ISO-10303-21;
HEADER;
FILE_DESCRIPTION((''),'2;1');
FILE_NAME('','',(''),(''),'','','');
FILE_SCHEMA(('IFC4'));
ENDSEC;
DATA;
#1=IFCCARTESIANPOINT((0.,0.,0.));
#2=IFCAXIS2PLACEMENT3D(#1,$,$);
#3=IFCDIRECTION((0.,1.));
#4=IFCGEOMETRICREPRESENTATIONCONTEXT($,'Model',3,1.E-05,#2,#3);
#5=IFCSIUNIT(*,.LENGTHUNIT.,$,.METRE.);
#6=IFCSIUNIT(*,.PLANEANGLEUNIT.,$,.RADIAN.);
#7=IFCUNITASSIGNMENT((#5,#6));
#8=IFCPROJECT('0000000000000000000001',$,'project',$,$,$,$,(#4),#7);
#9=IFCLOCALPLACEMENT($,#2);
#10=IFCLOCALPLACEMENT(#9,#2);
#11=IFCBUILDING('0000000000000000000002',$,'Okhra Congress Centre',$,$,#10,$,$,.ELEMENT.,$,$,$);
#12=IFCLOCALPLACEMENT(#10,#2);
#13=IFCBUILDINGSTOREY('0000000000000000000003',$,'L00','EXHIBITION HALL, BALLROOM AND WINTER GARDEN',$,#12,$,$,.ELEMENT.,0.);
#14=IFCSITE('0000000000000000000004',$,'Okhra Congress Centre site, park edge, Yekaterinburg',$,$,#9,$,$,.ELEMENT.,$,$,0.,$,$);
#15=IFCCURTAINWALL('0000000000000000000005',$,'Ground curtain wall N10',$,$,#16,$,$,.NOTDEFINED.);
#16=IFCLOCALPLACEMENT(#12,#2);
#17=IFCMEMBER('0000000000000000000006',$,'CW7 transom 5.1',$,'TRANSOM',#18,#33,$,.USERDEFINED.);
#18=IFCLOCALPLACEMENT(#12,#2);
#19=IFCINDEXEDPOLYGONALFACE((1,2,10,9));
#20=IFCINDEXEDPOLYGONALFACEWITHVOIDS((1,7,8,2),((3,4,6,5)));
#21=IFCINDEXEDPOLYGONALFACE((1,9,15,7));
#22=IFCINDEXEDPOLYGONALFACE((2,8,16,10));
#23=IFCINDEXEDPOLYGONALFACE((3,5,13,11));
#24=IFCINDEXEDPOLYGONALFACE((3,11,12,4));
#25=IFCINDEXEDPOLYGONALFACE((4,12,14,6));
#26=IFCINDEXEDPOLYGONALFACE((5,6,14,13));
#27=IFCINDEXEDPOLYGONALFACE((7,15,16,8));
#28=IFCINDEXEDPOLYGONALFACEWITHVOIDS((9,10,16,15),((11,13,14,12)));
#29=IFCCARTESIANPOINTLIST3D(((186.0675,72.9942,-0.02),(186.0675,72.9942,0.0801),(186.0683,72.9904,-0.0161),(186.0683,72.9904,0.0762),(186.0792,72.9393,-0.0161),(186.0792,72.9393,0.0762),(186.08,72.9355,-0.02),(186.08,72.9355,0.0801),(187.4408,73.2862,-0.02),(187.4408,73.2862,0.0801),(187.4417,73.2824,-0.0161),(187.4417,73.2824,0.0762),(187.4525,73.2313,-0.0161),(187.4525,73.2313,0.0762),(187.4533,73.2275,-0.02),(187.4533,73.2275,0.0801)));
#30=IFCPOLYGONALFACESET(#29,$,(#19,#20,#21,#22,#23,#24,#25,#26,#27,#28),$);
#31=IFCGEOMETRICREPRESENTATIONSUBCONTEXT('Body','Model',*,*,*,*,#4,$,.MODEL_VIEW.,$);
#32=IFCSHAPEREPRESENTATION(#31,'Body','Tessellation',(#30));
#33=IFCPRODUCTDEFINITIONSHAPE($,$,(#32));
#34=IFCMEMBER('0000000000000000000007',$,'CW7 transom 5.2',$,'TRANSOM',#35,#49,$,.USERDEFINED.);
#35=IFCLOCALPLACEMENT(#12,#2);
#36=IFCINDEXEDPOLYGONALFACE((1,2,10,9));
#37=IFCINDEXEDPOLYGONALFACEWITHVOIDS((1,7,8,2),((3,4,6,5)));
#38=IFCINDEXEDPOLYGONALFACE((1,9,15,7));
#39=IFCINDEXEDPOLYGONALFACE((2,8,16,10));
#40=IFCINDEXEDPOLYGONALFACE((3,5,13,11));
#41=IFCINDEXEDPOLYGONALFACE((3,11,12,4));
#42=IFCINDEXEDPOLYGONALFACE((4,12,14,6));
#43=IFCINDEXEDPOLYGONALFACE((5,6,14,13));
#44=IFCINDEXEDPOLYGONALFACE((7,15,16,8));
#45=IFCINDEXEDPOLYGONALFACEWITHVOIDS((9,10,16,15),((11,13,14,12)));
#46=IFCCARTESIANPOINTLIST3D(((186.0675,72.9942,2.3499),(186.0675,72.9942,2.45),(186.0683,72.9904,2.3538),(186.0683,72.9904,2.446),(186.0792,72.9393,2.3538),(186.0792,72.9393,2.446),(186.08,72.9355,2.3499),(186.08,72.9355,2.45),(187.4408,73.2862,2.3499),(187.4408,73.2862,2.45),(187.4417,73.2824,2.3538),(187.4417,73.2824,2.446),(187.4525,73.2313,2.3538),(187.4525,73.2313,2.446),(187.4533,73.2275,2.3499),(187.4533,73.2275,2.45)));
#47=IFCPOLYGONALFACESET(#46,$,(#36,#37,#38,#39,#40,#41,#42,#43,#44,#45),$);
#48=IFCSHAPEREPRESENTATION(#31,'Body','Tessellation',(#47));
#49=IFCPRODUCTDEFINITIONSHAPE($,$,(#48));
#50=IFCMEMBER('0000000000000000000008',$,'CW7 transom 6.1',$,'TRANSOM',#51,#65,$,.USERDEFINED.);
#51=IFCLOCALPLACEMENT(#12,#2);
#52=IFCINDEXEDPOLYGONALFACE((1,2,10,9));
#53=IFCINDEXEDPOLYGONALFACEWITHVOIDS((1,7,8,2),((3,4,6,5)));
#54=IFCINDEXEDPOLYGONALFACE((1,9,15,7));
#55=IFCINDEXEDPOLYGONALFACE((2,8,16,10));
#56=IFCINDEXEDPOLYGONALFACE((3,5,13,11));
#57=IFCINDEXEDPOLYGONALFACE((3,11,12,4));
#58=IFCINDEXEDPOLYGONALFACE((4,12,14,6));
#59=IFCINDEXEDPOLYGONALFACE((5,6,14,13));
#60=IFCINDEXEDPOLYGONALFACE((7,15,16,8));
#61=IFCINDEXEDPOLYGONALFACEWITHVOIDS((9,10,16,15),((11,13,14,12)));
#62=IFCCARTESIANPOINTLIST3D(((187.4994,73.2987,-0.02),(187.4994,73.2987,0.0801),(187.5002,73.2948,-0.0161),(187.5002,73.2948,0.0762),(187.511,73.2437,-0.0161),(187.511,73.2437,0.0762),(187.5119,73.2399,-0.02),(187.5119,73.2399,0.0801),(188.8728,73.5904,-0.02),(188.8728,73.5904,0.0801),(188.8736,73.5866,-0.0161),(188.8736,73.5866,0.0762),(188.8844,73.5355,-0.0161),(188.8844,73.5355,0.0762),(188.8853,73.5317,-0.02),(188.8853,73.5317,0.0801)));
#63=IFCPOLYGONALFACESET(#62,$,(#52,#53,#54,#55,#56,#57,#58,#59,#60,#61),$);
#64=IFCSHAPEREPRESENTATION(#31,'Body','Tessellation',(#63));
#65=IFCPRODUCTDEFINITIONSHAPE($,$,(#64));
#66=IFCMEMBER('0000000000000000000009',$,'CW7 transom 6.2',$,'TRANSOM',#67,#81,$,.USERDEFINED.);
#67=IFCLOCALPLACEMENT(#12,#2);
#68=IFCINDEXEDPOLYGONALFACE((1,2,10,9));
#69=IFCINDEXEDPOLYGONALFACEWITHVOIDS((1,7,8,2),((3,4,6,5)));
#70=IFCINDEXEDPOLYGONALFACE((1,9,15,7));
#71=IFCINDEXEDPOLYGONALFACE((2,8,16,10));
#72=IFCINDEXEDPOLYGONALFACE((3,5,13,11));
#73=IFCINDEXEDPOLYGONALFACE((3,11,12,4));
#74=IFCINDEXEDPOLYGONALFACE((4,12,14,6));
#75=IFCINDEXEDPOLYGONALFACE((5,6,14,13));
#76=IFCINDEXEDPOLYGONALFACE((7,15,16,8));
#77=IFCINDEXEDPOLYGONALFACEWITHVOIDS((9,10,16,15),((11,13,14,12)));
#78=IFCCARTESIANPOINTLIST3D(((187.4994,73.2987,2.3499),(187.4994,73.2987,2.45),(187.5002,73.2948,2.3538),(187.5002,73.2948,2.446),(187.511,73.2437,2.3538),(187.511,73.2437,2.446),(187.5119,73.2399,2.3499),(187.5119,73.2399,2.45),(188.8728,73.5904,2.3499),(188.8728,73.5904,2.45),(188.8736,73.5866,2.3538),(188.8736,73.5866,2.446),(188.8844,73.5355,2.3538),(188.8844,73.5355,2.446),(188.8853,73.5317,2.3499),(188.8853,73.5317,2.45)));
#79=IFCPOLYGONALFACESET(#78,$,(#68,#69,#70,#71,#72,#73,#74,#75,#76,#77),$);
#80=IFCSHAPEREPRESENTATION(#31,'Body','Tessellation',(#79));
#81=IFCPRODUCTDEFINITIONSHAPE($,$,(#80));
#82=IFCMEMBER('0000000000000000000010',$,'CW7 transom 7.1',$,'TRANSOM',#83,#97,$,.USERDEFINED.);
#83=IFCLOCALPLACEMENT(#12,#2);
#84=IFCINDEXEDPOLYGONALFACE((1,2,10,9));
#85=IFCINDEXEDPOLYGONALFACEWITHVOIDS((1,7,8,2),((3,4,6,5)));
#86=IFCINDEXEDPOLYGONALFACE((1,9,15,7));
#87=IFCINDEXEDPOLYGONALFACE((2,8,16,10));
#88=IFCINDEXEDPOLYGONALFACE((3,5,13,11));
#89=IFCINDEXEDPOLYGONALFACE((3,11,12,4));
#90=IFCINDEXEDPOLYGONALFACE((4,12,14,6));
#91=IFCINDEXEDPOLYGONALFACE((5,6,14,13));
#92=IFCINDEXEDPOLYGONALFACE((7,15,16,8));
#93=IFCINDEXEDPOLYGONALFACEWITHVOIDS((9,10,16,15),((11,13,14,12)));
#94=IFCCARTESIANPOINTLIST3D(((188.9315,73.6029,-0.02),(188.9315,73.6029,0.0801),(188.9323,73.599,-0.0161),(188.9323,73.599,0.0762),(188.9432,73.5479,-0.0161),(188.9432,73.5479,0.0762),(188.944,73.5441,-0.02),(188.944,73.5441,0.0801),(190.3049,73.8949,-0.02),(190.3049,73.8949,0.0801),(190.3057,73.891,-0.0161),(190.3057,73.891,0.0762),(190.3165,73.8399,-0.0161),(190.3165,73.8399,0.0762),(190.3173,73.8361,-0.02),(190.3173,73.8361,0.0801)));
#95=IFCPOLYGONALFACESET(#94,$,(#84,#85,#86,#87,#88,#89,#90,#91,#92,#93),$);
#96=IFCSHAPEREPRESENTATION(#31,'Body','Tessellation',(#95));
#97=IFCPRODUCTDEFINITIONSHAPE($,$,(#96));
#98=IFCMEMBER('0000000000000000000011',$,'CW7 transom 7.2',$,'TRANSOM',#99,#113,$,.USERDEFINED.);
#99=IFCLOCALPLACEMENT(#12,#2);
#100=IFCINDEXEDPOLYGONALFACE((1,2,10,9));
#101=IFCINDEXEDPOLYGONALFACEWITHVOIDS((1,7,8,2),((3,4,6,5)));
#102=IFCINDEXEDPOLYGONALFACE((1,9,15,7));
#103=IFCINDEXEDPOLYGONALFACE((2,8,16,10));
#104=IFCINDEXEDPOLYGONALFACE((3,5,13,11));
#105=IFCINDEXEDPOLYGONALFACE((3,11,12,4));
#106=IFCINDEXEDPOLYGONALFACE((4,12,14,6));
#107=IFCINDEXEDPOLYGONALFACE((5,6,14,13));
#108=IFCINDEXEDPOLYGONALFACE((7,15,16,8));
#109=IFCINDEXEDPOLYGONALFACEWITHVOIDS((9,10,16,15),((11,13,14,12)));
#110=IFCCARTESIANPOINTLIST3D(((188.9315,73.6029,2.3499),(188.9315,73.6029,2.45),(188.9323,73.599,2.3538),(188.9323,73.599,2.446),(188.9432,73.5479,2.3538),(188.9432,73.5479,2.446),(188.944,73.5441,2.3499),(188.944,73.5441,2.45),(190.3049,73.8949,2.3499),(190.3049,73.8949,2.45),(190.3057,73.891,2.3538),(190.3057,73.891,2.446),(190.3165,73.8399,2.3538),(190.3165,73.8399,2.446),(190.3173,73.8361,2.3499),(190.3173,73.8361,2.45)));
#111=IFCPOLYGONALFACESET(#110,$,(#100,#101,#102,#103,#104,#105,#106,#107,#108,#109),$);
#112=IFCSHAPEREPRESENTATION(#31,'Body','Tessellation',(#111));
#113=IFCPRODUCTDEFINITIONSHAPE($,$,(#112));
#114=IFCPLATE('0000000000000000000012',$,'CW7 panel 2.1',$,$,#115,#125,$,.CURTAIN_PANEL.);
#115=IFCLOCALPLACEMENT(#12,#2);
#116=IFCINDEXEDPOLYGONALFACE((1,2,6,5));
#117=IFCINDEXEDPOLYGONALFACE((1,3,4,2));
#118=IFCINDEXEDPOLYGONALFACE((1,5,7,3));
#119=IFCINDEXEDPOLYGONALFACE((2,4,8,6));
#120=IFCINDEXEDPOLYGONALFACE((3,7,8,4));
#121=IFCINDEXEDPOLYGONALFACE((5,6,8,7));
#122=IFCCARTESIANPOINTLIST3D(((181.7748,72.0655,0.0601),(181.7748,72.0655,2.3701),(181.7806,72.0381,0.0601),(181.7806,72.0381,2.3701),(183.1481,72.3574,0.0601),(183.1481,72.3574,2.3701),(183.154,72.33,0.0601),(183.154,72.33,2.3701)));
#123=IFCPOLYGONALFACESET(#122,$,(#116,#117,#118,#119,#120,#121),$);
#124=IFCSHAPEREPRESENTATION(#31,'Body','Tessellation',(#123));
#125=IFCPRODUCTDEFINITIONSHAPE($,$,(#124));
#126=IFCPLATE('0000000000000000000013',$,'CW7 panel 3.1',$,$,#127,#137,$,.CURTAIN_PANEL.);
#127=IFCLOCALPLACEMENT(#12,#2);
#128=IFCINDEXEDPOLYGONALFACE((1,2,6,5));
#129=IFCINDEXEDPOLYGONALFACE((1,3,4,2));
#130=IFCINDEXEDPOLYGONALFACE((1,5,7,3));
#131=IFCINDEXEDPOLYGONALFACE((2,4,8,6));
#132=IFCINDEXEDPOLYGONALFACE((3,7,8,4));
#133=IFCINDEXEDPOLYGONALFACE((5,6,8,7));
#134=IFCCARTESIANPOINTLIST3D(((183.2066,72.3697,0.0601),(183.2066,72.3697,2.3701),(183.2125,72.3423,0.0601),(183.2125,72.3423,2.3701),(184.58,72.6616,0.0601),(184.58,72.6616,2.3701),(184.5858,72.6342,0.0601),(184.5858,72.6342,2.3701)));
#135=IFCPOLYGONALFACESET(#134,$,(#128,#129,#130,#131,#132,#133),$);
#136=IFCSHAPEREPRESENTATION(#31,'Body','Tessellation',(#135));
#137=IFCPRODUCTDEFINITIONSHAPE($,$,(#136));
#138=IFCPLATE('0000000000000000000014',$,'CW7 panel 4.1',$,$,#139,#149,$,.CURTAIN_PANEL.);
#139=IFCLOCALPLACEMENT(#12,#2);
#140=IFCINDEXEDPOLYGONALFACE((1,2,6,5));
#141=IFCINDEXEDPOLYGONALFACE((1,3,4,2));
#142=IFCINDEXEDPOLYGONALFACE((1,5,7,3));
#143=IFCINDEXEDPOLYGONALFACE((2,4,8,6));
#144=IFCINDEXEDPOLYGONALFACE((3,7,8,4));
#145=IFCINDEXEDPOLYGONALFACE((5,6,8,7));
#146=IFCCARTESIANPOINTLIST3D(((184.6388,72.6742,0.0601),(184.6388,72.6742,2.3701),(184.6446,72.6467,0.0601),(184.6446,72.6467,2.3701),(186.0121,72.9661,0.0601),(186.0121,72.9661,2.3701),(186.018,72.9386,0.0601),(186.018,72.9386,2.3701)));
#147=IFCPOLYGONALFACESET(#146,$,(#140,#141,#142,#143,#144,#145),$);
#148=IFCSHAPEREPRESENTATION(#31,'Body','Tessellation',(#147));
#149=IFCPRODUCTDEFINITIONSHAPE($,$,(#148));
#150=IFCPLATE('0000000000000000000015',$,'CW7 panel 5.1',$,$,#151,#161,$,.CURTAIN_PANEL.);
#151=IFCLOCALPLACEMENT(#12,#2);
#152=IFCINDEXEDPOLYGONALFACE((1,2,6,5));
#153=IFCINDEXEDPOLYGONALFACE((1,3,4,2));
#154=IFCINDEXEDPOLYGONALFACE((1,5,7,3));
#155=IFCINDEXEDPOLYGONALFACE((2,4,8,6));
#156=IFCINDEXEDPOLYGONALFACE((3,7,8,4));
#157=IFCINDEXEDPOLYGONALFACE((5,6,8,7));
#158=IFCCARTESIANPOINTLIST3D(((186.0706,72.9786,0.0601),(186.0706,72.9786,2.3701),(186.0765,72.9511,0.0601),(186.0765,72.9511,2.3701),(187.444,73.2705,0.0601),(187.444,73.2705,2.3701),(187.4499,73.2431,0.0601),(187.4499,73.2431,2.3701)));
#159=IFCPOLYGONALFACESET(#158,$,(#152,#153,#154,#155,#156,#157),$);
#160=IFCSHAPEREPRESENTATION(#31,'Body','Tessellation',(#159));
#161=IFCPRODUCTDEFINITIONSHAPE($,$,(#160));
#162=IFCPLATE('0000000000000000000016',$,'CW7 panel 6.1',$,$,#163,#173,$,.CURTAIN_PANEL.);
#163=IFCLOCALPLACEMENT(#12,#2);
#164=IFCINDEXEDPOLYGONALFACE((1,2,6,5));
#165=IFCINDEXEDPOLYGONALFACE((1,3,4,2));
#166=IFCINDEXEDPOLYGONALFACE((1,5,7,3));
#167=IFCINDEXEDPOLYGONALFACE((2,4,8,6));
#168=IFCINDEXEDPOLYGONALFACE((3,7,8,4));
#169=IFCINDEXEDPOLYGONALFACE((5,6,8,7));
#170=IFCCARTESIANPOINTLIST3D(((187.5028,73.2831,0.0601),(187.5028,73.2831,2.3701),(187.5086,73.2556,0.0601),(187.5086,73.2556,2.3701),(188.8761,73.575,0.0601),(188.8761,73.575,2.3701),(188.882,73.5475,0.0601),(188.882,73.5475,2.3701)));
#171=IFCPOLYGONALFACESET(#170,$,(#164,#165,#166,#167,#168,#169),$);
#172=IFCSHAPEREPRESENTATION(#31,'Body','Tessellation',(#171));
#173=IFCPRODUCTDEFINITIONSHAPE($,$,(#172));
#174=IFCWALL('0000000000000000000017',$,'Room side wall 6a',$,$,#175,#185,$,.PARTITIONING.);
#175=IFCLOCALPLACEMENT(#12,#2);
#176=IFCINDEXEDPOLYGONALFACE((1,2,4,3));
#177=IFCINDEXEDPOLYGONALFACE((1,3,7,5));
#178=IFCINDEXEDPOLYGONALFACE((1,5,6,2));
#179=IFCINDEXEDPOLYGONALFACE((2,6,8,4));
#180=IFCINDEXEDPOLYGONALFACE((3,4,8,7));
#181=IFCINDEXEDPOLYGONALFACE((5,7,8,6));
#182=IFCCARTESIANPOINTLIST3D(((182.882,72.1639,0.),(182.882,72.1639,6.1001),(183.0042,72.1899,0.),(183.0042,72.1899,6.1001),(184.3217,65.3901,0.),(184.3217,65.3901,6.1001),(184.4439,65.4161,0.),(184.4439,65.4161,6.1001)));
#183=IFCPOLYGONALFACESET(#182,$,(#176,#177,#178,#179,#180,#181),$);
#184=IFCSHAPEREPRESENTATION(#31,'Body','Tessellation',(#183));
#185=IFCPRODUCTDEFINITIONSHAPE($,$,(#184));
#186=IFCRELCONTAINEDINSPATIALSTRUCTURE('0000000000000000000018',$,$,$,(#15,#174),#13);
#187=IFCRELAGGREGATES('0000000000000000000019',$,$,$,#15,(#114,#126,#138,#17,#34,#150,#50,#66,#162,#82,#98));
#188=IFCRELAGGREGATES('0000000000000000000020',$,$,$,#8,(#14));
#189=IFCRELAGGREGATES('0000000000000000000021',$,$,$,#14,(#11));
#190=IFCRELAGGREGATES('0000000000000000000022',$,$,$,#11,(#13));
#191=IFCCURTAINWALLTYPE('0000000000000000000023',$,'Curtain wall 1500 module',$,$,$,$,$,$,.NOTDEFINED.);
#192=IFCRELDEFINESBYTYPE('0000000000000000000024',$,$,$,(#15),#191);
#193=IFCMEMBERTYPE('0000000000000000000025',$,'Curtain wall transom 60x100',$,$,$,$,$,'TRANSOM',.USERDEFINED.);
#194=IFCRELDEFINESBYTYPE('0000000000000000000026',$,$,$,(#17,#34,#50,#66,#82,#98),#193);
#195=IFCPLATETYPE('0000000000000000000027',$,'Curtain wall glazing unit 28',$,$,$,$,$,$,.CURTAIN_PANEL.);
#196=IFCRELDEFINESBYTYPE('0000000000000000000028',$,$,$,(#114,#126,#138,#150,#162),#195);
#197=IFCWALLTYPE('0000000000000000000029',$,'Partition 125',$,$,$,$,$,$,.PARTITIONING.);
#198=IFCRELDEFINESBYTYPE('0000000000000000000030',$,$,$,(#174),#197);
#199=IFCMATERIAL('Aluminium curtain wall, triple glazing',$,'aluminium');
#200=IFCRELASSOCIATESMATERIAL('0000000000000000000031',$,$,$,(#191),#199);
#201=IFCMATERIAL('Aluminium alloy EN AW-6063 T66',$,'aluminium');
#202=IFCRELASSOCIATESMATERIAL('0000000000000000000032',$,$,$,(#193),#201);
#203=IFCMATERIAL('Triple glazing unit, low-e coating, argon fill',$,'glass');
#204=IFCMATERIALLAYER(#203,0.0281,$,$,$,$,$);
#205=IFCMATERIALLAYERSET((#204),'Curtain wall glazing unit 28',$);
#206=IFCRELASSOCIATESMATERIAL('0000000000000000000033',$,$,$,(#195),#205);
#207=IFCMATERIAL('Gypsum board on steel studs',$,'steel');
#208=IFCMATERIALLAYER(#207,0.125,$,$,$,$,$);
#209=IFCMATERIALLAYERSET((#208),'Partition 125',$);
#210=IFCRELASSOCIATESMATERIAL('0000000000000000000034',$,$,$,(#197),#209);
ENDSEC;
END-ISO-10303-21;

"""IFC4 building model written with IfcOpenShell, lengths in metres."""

from ifc_helpers import new_model, si_unit, direction, frame, frame_2d, origin, origin_2d, place, context, subcontext, project, spatial, rectangle, hollow_rectangle, extrude, material, layer, layer_set, material_profile, profile_set, type_object, element, aggregate, save


model = new_model("IFC4")

# Units and contexts
model_context = context("Model", 3, precision=1e-05, world=origin(), true_north=direction((0.0, 1.0)))
body_context = subcontext(model_context, "Body", "Model", "MODEL_VIEW")
ifc_project = project(units=[si_unit("LENGTHUNIT", "METRE"), si_unit("PLANEANGLEUNIT", "RADIAN")], contexts=[model_context])

# Site, building, storey
site_placement = place(None, origin())
site = spatial("IfcSite", under=ifc_project, at=site_placement, Name="Okhra Congress Centre site, park edge, Yekaterinburg", CompositionType="ELEMENT", RefElevation=0.0)
building_placement = place(site_placement, origin())
building = spatial("IfcBuilding", under=site, at=building_placement, Name="Okhra Congress Centre", CompositionType="ELEMENT")
storey_placement = place(building_placement, origin())
storey = spatial("IfcBuildingStorey", under=building, at=storey_placement, Name="L00", Description="EXHIBITION HALL, BALLROOM AND WINTER GARDEN", CompositionType="ELEMENT", Elevation=0.0)

# Curtain wall, members, plates
ifc_material_1 = material(Name="Aluminium curtain wall, triple glazing", Category="aluminium")
curtain_wall_type = type_object("IfcCurtainWallType", Name="Curtain wall 1500 module", PredefinedType="NOTDEFINED", material=ifc_material_1)
curtain_wall_placement = place(storey_placement, origin())
curtain_wall = element("IfcCurtainWall", 1, at=curtain_wall_placement, inside=storey, type_object=curtain_wall_type, Name="Ground curtain wall N10", PredefinedType="NOTDEFINED")
ifc_material_2 = material(Name="Aluminium alloy EN AW-6063 T66", Category="aluminium")
ifc_material_profile_1 = material_profile(ifc_material_2, hollow_rectangle(XDim=0.0601, YDim=0.1001, WallThickness=0.0039, at=origin_2d()), Name="RHS 60x100x4")
ifc_profile_set_1 = profile_set([ifc_material_profile_1], Name="Aluminium alloy EN AW-6063 T66")
member_type_1 = type_object("IfcMemberType", Name="Curtain wall transom 60x100", ElementType="TRANSOM", PredefinedType="USERDEFINED", material=ifc_profile_set_1)
member_1_placement = place(storey_placement, frame((186.0737, 72.9648, 0.03), z_axis=(0.978135, 0.207973, 0.0), x_axis=(-0.207973, 0.978135, 0.0)))
member_1 = element("IfcMember", 2, at=member_1_placement, type_object=member_type_1, Name="CW7 transom 5.1", ObjectType="TRANSOM", PredefinedType="USERDEFINED", context=body_context, shape_type="SweptSolid", body=[
    extrude(hollow_rectangle(XDim=0.0601, YDim=0.1001, WallThickness=0.0039, at=origin_2d()), origin(), (0.0, 0.0, 1.0), 1.4041),
])
member_2_placement = place(storey_placement, frame((186.0737, 72.9648, 2.3999), z_axis=(0.978135, 0.207973, 0.0), x_axis=(-0.207973, 0.978135, 0.0)))
member_2 = element("IfcMember", 3, at=member_2_placement, type_object=member_type_1, Name="CW7 transom 5.2", ObjectType="TRANSOM", PredefinedType="USERDEFINED", context=body_context, shape_type="SweptSolid", body=[
    extrude(hollow_rectangle(XDim=0.0601, YDim=0.1001, WallThickness=0.0039, at=origin_2d()), origin(), (0.0, 0.0, 1.0), 1.4041),
])
member_3_placement = place(storey_placement, frame((187.5056, 73.2693, 0.03), z_axis=(0.97817, 0.207807, 0.0), x_axis=(-0.207807, 0.97817, 0.0)))
member_3 = element("IfcMember", 4, at=member_3_placement, type_object=member_type_1, Name="CW7 transom 6.1", ObjectType="TRANSOM", PredefinedType="USERDEFINED", context=body_context, shape_type="SweptSolid", body=[
    extrude(hollow_rectangle(XDim=0.0601, YDim=0.1001, WallThickness=0.0039, at=origin_2d()), origin(), (0.0, 0.0, 1.0), 1.4041),
])
member_4_placement = place(storey_placement, frame((187.5056, 73.2693, 2.3999), z_axis=(0.97817, 0.207807, 0.0), x_axis=(-0.207807, 0.97817, 0.0)))
member_4 = element("IfcMember", 5, at=member_4_placement, type_object=member_type_1, Name="CW7 transom 6.2", ObjectType="TRANSOM", PredefinedType="USERDEFINED", context=body_context, shape_type="SweptSolid", body=[
    extrude(hollow_rectangle(XDim=0.0601, YDim=0.1001, WallThickness=0.0039, at=origin_2d()), origin(), (0.0, 0.0, 1.0), 1.4041),
])
member_5_placement = place(storey_placement, frame((188.9377, 73.5735, 0.03), z_axis=(0.978135, 0.207973, 0.0), x_axis=(-0.207973, 0.978135, 0.0)))
member_5 = element("IfcMember", 6, at=member_5_placement, type_object=member_type_1, Name="CW7 transom 7.1", ObjectType="TRANSOM", PredefinedType="USERDEFINED", context=body_context, shape_type="SweptSolid", body=[
    extrude(hollow_rectangle(XDim=0.0601, YDim=0.1001, WallThickness=0.0039, at=origin_2d()), origin(), (0.0, 0.0, 1.0), 1.4041),
])
member_6_placement = place(storey_placement, frame((188.9377, 73.5735, 2.3999), z_axis=(0.978135, 0.207973, 0.0), x_axis=(-0.207973, 0.978135, 0.0)))
member_6 = element("IfcMember", 7, at=member_6_placement, type_object=member_type_1, Name="CW7 transom 7.2", ObjectType="TRANSOM", PredefinedType="USERDEFINED", context=body_context, shape_type="SweptSolid", body=[
    extrude(hollow_rectangle(XDim=0.0601, YDim=0.1001, WallThickness=0.0039, at=origin_2d()), origin(), (0.0, 0.0, 1.0), 1.4041),
])
ifc_material_3 = material(Name="Triple glazing unit, low-e coating, argon fill", Category="glass")
ifc_layer_1 = layer(ifc_material_3, 0.0281)
ifc_layer_set_1 = layer_set([ifc_layer_1], Name="Curtain wall glazing unit 28")
plate_type = type_object("IfcPlateType", Name="Curtain wall glazing unit 28", PredefinedType="CURTAIN_PANEL", material=ifc_layer_set_1)
plate_1_placement = place(storey_placement, frame((182.4644, 72.1978, 0.0601), z_axis=(0.0, 0.0, 1.0), x_axis=(0.978148, 0.207912, 0.0)))
plate_1 = element("IfcPlate", 8, at=plate_1_placement, type_object=plate_type, Name="CW7 panel 2.1", PredefinedType="CURTAIN_PANEL", context=body_context, shape_type="SweptSolid", body=[
    extrude(rectangle(XDim=1.4041, YDim=0.0281, at=origin_2d()), origin(), (0.0, 0.0, 1.0), 2.3101),
])
plate_2_placement = place(storey_placement, frame((183.8962, 72.502, 0.0601), z_axis=(0.0, 0.0, 1.0), x_axis=(0.978148, 0.207912, 0.0)))
plate_2 = element("IfcPlate", 9, at=plate_2_placement, type_object=plate_type, Name="CW7 panel 3.1", PredefinedType="CURTAIN_PANEL", context=body_context, shape_type="SweptSolid", body=[
    extrude(rectangle(XDim=1.4041, YDim=0.0281, at=origin_2d()), origin(), (0.0, 0.0, 1.0), 2.3101),
])
plate_3_placement = place(storey_placement, frame((185.3284, 72.8064, 0.0601), z_axis=(0.0, 0.0, 1.0), x_axis=(0.978148, 0.207912, 0.0)))
plate_3 = element("IfcPlate", 10, at=plate_3_placement, type_object=plate_type, Name="CW7 panel 4.1", PredefinedType="CURTAIN_PANEL", context=body_context, shape_type="SweptSolid", body=[
    extrude(rectangle(XDim=1.4041, YDim=0.0281, at=origin_2d()), origin(), (0.0, 0.0, 1.0), 2.3101),
])
plate_4_placement = place(storey_placement, frame((186.7603, 73.1108, 0.0601), z_axis=(0.0, 0.0, 1.0), x_axis=(0.978148, 0.207912, 0.0)))
plate_4 = element("IfcPlate", 11, at=plate_4_placement, type_object=plate_type, Name="CW7 panel 5.1", PredefinedType="CURTAIN_PANEL", context=body_context, shape_type="SweptSolid", body=[
    extrude(rectangle(XDim=1.4041, YDim=0.0281, at=origin_2d()), origin(), (0.0, 0.0, 1.0), 2.3101),
])
plate_5_placement = place(storey_placement, frame((188.1924, 73.4153, 0.0601), z_axis=(0.0, 0.0, 1.0), x_axis=(0.978148, 0.207912, 0.0)))
plate_5 = element("IfcPlate", 12, at=plate_5_placement, type_object=plate_type, Name="CW7 panel 6.1", PredefinedType="CURTAIN_PANEL", context=body_context, shape_type="SweptSolid", body=[
    extrude(rectangle(XDim=1.4041, YDim=0.0281, at=origin_2d()), origin(), (0.0, 0.0, 1.0), 2.3101),
])
aggregate(curtain_wall, [plate_1, plate_2, plate_3, member_1, member_2, plate_4, member_3, member_4, plate_5, member_5, member_6])

# Wall
ifc_material_4 = material(Name="Gypsum board on steel studs", Category="steel")
ifc_layer_2 = layer(ifc_material_4, 0.125)
ifc_layer_set_2 = layer_set([ifc_layer_2], Name="Partition 125")
wall_type = type_object("IfcWallType", Name="Partition 125", PredefinedType="PARTITIONING", material=ifc_layer_set_2)
for number, where, z_axis, x_axis, name in (
    (13, (182.9431, 72.1768, 0.0), (0.0, 0.0, 1.0), (0.207899, -0.97815, 0.0), "Room side wall 6a"),
):
    element("IfcWall", number, at=place(storey_placement, frame(where, z_axis=z_axis, x_axis=x_axis)), inside=storey, type_object=wall_type, Name=name, PredefinedType="PARTITIONING", context=body_context, shape_type="SweptSolid", body=[
        extrude(rectangle(XDim=6.925, YDim=0.125, at=frame_2d((3.4624, 0.0))), origin(), (0.0, 0.0, 1.0), 6.1001),
    ])

save(model, "model.ifc")
